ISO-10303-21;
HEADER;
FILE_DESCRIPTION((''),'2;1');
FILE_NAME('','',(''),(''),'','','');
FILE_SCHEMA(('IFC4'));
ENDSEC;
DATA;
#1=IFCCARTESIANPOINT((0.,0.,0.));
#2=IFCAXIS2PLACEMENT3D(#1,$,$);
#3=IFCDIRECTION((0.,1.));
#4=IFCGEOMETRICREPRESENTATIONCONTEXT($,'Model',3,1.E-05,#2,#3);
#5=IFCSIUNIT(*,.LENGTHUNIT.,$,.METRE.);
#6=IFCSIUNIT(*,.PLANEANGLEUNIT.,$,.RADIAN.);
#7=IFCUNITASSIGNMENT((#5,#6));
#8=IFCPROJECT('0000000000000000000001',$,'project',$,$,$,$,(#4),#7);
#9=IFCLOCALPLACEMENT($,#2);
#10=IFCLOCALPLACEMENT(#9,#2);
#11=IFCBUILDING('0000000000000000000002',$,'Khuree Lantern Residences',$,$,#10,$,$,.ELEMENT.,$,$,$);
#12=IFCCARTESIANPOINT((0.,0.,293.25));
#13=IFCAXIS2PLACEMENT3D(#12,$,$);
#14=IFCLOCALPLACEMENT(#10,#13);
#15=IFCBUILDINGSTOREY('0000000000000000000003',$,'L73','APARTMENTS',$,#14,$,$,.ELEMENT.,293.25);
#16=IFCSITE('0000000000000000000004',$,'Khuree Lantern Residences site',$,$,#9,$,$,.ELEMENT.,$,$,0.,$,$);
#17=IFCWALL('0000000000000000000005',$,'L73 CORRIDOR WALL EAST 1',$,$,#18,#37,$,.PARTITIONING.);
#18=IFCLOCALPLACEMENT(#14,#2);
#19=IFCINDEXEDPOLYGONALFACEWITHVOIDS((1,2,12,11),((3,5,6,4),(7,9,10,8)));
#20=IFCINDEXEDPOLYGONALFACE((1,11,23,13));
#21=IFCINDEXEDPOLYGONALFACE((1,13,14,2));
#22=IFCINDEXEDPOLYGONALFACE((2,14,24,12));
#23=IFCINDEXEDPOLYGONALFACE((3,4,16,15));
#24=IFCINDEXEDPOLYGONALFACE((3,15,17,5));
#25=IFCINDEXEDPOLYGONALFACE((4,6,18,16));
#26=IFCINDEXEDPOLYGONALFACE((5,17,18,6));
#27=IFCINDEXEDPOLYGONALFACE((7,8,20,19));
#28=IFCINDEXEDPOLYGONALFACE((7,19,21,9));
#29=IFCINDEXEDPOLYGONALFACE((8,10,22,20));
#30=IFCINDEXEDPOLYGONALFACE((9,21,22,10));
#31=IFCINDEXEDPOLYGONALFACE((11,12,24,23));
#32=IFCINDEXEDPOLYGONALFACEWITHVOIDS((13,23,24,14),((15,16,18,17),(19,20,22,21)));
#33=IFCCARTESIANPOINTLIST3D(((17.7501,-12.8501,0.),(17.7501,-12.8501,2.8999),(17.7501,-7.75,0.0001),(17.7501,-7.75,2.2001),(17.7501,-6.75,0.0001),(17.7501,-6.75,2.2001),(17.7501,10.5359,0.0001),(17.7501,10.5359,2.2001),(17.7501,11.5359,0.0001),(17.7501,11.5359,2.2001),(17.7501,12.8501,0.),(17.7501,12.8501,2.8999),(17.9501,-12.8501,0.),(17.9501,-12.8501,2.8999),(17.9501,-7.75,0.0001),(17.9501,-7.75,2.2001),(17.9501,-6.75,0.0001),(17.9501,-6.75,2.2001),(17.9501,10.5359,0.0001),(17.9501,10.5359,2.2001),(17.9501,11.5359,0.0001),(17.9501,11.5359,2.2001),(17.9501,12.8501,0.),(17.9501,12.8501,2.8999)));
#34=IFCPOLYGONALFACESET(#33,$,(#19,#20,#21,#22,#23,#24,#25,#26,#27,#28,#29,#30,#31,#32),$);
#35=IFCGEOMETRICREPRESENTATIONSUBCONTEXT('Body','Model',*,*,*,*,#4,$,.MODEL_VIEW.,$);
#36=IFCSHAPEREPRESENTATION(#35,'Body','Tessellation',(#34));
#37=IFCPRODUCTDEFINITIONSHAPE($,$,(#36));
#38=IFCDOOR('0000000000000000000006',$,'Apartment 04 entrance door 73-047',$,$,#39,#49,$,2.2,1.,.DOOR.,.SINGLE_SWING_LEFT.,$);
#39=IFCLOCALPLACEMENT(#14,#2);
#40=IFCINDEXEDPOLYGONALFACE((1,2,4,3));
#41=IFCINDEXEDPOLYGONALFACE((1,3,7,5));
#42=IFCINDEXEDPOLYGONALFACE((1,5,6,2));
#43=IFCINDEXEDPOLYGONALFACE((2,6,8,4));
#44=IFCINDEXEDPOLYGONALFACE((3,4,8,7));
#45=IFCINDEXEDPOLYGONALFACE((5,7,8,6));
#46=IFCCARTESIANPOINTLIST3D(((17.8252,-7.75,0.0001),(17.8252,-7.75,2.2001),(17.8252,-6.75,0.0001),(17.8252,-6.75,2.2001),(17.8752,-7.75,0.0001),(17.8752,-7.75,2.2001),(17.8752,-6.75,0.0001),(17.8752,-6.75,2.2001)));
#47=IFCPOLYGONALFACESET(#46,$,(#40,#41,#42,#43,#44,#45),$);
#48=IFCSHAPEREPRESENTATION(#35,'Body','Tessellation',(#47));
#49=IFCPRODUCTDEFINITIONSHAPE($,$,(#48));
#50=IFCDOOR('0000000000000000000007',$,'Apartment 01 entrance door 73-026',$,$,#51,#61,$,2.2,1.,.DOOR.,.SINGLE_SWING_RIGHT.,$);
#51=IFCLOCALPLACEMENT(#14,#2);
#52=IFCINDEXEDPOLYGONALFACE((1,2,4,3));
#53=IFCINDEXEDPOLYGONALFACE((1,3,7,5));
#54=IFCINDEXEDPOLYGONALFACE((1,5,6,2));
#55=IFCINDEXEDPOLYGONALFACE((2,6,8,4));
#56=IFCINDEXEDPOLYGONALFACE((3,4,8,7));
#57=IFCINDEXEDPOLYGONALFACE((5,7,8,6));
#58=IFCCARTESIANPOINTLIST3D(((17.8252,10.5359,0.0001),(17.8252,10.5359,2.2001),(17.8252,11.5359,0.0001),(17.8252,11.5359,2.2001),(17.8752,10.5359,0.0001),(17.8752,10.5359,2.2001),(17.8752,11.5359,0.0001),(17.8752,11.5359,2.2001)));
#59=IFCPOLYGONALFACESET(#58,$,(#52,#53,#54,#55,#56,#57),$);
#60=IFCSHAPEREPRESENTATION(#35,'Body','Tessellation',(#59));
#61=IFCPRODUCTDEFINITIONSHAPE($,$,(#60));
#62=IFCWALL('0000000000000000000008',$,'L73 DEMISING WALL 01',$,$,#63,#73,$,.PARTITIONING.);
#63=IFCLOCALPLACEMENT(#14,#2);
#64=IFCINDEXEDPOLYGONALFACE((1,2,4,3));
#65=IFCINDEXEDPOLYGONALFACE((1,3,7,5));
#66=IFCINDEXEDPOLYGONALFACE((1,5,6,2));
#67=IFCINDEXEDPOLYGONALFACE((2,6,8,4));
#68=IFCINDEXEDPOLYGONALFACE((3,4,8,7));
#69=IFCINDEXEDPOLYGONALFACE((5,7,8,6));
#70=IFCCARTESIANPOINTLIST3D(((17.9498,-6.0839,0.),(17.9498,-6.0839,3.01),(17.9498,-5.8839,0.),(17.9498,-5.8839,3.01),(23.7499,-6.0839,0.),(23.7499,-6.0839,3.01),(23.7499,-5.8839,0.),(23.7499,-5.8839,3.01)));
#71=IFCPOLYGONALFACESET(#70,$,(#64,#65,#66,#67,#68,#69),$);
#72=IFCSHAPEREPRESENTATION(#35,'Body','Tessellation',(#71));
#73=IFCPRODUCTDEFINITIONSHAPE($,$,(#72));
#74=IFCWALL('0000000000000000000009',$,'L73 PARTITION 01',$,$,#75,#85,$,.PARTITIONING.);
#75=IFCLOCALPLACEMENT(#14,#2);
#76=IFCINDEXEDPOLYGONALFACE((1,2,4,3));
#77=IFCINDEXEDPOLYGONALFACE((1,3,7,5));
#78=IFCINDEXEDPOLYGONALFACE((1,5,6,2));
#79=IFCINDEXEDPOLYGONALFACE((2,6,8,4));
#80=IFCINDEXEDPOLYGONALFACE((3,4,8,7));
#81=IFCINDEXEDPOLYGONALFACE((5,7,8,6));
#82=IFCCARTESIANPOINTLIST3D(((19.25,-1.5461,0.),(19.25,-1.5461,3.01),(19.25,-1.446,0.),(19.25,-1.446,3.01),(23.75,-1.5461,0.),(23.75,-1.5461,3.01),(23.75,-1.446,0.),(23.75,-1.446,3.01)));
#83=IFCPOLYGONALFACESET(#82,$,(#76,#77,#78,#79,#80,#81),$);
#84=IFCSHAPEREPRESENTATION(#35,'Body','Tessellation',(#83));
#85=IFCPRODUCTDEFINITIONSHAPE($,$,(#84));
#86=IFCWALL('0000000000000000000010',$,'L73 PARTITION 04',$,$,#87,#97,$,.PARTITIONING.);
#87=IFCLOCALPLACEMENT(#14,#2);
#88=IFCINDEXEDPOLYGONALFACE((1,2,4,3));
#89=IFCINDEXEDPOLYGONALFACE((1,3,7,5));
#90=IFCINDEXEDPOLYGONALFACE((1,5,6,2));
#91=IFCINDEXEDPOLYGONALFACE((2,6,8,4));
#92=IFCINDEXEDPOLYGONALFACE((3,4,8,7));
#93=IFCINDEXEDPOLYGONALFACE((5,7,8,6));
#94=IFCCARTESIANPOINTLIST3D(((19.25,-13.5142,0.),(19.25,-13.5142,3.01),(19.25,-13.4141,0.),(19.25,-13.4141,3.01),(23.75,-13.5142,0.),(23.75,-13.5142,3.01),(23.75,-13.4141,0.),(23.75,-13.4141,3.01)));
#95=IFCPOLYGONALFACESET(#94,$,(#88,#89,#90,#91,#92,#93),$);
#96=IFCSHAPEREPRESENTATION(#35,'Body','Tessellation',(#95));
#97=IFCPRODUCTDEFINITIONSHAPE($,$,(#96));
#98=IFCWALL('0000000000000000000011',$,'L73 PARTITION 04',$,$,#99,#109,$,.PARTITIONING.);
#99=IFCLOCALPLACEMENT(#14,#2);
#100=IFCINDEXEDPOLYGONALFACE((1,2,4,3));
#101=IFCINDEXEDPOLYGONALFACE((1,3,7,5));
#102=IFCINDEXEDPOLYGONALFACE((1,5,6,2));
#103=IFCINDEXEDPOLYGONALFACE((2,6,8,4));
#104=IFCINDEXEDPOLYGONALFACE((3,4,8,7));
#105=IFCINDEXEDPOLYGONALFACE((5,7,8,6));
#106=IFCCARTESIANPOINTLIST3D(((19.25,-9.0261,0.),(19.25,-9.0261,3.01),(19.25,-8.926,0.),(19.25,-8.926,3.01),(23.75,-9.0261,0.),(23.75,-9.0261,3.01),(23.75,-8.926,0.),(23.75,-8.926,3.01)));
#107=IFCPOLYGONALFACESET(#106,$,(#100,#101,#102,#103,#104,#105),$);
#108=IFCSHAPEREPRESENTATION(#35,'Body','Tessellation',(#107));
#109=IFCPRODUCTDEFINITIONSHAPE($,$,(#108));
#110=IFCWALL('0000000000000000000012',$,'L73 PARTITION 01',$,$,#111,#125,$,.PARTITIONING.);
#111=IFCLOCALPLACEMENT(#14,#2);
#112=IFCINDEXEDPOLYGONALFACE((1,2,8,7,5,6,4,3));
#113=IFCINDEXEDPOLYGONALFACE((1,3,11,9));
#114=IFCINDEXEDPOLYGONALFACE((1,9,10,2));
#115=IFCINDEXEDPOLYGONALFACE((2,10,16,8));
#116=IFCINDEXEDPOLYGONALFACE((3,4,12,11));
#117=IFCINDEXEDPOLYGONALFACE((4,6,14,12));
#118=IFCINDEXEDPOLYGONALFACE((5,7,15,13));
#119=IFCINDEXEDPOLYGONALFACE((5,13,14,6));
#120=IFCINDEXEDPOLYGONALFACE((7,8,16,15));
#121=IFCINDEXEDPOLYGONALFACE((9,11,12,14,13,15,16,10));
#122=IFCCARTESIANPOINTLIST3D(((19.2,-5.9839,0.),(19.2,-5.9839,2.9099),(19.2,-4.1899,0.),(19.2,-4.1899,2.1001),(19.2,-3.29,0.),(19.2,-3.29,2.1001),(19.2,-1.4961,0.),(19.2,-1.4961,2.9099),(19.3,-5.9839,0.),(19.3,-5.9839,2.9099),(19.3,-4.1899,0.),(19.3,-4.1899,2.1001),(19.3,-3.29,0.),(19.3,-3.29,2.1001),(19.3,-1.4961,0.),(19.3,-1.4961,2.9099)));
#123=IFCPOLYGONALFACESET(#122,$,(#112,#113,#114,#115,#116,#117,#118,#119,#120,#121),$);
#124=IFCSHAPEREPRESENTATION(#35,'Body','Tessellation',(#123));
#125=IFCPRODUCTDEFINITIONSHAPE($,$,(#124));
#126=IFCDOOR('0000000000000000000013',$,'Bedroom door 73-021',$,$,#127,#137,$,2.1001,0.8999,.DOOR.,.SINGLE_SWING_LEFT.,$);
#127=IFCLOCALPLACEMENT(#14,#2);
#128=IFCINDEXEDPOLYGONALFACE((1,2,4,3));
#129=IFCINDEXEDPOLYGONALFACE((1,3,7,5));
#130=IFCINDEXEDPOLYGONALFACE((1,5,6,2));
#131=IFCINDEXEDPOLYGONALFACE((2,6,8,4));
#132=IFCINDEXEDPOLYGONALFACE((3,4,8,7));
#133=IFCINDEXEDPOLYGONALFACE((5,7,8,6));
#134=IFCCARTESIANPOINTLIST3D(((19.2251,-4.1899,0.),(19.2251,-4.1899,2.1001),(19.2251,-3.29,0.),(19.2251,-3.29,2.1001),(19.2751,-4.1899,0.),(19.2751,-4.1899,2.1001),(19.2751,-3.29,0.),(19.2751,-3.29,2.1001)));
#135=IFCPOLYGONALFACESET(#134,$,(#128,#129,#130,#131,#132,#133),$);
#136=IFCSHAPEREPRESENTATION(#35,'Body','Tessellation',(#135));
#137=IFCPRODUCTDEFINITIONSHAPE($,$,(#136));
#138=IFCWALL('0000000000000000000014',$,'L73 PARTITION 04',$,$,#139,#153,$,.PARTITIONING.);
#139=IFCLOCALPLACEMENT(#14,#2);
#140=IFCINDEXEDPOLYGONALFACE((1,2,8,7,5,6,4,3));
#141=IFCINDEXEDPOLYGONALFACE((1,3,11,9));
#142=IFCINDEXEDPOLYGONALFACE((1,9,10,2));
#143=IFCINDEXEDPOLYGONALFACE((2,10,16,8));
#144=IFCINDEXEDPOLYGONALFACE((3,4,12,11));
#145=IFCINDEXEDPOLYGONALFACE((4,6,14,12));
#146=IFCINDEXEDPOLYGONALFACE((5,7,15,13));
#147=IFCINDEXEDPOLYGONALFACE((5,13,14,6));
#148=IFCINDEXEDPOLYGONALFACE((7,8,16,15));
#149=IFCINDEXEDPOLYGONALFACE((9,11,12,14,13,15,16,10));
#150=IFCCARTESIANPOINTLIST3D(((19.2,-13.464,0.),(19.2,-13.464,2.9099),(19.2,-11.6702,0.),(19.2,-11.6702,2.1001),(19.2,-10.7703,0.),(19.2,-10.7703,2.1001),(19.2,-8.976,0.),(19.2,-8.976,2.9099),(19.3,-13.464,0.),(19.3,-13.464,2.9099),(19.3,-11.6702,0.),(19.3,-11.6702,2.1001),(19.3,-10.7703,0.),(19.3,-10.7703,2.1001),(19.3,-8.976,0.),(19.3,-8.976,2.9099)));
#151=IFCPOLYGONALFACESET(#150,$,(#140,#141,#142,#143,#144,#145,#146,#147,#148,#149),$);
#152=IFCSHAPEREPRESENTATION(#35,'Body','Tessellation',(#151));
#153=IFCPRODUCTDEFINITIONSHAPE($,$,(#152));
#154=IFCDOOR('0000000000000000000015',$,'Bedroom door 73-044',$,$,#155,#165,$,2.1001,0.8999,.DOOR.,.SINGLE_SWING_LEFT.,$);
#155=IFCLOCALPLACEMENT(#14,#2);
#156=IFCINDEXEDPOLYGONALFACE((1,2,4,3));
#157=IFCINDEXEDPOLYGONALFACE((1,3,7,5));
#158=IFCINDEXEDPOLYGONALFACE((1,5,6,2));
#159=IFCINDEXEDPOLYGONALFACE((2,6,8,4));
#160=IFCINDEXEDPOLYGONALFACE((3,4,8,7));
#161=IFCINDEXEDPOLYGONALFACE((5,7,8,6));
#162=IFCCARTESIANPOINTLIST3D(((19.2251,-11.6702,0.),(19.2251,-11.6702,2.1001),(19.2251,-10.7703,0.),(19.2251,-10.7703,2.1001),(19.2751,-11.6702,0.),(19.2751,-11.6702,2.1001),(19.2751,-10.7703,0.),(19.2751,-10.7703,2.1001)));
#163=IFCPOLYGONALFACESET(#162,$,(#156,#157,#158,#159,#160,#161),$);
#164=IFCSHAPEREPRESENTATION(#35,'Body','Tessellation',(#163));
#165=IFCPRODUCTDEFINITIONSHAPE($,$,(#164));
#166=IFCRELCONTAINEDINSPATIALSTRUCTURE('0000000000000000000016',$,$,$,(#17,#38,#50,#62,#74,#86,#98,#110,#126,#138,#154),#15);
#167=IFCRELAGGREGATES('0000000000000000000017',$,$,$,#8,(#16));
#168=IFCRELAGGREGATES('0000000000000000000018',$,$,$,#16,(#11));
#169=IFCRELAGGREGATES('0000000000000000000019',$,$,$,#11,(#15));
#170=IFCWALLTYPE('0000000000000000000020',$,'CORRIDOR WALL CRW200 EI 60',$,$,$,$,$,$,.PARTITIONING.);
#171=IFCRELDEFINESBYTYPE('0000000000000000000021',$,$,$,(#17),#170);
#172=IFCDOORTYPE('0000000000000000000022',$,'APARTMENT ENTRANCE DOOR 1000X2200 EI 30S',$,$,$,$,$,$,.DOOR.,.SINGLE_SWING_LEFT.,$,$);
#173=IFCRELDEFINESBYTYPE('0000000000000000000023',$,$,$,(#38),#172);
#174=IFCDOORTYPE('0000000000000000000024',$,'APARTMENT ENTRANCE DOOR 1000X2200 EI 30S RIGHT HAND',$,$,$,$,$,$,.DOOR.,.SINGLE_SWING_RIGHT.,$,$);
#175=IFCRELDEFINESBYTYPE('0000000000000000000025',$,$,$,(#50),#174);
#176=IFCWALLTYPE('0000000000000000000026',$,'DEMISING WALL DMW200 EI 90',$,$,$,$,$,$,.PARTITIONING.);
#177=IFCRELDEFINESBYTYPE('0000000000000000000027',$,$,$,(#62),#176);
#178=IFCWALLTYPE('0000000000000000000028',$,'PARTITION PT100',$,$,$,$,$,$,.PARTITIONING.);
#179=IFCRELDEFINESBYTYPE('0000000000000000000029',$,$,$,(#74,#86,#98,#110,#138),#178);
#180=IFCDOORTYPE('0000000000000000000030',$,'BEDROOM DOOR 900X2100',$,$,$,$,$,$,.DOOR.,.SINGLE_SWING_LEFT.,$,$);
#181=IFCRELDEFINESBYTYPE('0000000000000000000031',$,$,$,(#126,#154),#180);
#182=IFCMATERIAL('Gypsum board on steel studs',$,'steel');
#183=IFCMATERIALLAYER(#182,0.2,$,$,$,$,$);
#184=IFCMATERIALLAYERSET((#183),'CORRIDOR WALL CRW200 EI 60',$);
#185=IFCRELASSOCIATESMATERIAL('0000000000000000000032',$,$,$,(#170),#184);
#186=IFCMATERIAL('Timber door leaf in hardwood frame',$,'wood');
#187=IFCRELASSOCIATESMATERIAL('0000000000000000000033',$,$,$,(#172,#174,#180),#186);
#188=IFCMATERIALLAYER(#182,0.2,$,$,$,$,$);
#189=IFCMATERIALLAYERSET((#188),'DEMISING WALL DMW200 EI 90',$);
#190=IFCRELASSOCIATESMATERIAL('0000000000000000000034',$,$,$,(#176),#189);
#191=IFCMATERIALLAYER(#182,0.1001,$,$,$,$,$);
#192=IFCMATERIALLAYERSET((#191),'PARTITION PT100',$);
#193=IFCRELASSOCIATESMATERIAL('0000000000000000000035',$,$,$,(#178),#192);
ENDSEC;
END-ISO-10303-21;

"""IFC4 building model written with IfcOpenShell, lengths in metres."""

from ifc_helpers import new_model, si_unit, direction, frame, frame_2d, origin, place, context, subcontext, project, spatial, rectangle, extrude, material, layer, layer_set, type_object, element, fill, save


model = new_model("IFC4")

# Units and contexts
model_context = context("Model", 3, precision=1e-05, world=origin(), true_north=direction((0.0, 1.0)))
body_context = subcontext(model_context, "Body", "Model", "MODEL_VIEW")
ifc_project = project(units=[si_unit("LENGTHUNIT", "METRE"), si_unit("PLANEANGLEUNIT", "RADIAN")], contexts=[model_context])

# Site, building, storey
site_placement = place(None, origin())
site = spatial("IfcSite", under=ifc_project, at=site_placement, Name="Khuree Lantern Residences site", CompositionType="ELEMENT", RefElevation=0.0)
building_placement = place(site_placement, origin())
building = spatial("IfcBuilding", under=site, at=building_placement, Name="Khuree Lantern Residences", CompositionType="ELEMENT")
storey_placement = place(building_placement, frame((0.0, 0.0, 293.25)))
storey = spatial("IfcBuildingStorey", under=building, at=storey_placement, Name="L73", Description="APARTMENTS", CompositionType="ELEMENT", Elevation=293.25)

# Shared definitions
ifc_material_1 = material(Name="Gypsum board on steel studs", Category="steel")
ifc_layer_1 = layer(ifc_material_1, 0.2)
ifc_layer_set_1 = layer_set([ifc_layer_1], Name="CORRIDOR WALL CRW200 EI 60")
wall_type_1 = type_object("IfcWallType", Name="CORRIDOR WALL CRW200 EI 60", PredefinedType="PARTITIONING", material=ifc_layer_set_1)

# Wall, openings, doors
wall_1_placement = place(storey_placement, frame((17.8501, -12.8501, 0.0), z_axis=(0.0, 0.0, 1.0), x_axis=(0.0, 1.0, 0.0)))
wall_1 = element("IfcWall", 1, at=wall_1_placement, inside=storey, type_object=wall_type_1, Name="L73 CORRIDOR WALL EAST 1", PredefinedType="PARTITIONING", context=body_context, shape_type="SweptSolid", body=[
    extrude(rectangle(XDim=25.7002, YDim=0.2, at=frame_2d((12.8501, 0.0))), origin(), (0.0, 0.0, 1.0), 2.8999),
])
opening_1_placement = place(wall_1_placement, frame((23.386, 0.0, 0.0)))
opening_1 = element("IfcOpeningElement", 2, at=opening_1_placement, cuts=wall_1, PredefinedType="OPENING", context=body_context, shape_type="SweptSolid", body=[
    extrude(rectangle(XDim=1.0, YDim=2.2, at=frame_2d((0.5, 1.1001))), frame((0.0, 0.1099, 0.0), z_axis=(0.0, -1.0, 0.0), x_axis=(1.0, 0.0, 0.0)), (0.0, 0.0, 1.0), 0.22),
])
opening_2_placement = place(wall_1_placement, frame((5.1001, 0.0, 0.0)))
opening_2 = element("IfcOpeningElement", 3, at=opening_2_placement, cuts=wall_1, PredefinedType="OPENING", context=body_context, shape_type="SweptSolid", body=[
    extrude(rectangle(XDim=1.0, YDim=2.2, at=frame_2d((0.5, 1.1001))), frame((0.0, 0.1099, 0.0), z_axis=(0.0, -1.0, 0.0), x_axis=(1.0, 0.0, 0.0)), (0.0, 0.0, 1.0), 0.22),
])
ifc_material_2 = material(Name="Timber door leaf in hardwood frame", Category="wood")
door_type_1 = type_object("IfcDoorType", Name="APARTMENT ENTRANCE DOOR 1000X2200 EI 30S", OperationType="SINGLE_SWING_LEFT", PredefinedType="DOOR", material=ifc_material_2)
door_1_placement = place(opening_2_placement, origin())
door_1 = element("IfcDoor", 4, at=door_1_placement, inside=storey, type_object=door_type_1, Name="Apartment 04 entrance door 73-047", OperationType="SINGLE_SWING_LEFT", OverallHeight=2.2, OverallWidth=1.0, PredefinedType="DOOR", context=body_context, shape_type="SweptSolid", body=[
    extrude(rectangle(XDim=1.0, YDim=2.2, at=frame_2d((0.5, 1.1001))), frame((0.0, 0.0249, 0.0), z_axis=(0.0, -1.0, 0.0), x_axis=(1.0, 0.0, 0.0)), (0.0, 0.0, 1.0), 0.05),
])
fill(opening_2, door_1)
door_type_2 = type_object("IfcDoorType", Name="APARTMENT ENTRANCE DOOR 1000X2200 EI 30S RIGHT HAND", OperationType="SINGLE_SWING_RIGHT", PredefinedType="DOOR", material=ifc_material_2)
door_2_placement = place(opening_1_placement, origin())
door_2 = element("IfcDoor", 5, at=door_2_placement, inside=storey, type_object=door_type_2, Name="Apartment 01 entrance door 73-026", OperationType="SINGLE_SWING_RIGHT", OverallHeight=2.2, OverallWidth=1.0, PredefinedType="DOOR", context=body_context, shape_type="SweptSolid", body=[
    extrude(rectangle(XDim=1.0, YDim=2.2, at=frame_2d((0.5, 1.1001))), frame((0.0, 0.0249, 0.0), z_axis=(0.0, -1.0, 0.0), x_axis=(1.0, 0.0, 0.0)), (0.0, 0.0, 1.0), 0.05),
])
fill(opening_1, door_2)

# Walls
ifc_layer_2 = layer(ifc_material_1, 0.2)
ifc_layer_set_2 = layer_set([ifc_layer_2], Name="DEMISING WALL DMW200 EI 90")
wall_type_2 = type_object("IfcWallType", Name="DEMISING WALL DMW200 EI 90", PredefinedType="PARTITIONING", material=ifc_layer_set_2)
wall_2_placement = place(storey_placement, frame((17.95, -5.9839, 0.0), z_axis=(0.0, 0.0, 1.0), x_axis=(1.0, 0.0, 0.0)))
element("IfcWall", 6, at=wall_2_placement, inside=storey, type_object=wall_type_2, Name="L73 DEMISING WALL 01", PredefinedType="PARTITIONING", context=body_context, shape_type="SweptSolid", body=[
    extrude(rectangle(XDim=5.8, YDim=0.2, at=frame_2d((2.8999, 0.0))), origin(), (0.0, 0.0, 1.0), 3.01),
])
ifc_layer_3 = layer(ifc_material_1, 0.1001)
ifc_layer_set_3 = layer_set([ifc_layer_3], Name="PARTITION PT100")
wall_type_3 = type_object("IfcWallType", Name="PARTITION PT100", PredefinedType="PARTITIONING", material=ifc_layer_set_3)
for number, where, z_axis, x_axis, name in (
    (7, (19.25, -1.4961, 0.0), (0.0, 0.0, 1.0), (1.0, 0.0, 0.0), "L73 PARTITION 01"),
    (8, (19.25, -13.4641, 0.0), (0.0, 0.0, 1.0), (1.0, 0.0, 0.0), "L73 PARTITION 04"),
    (9, (19.25, -8.9761, 0.0), (0.0, 0.0, 1.0), (1.0, 0.0, 0.0), "L73 PARTITION 04"),
):
    element("IfcWall", number, at=place(storey_placement, frame(where, z_axis=z_axis, x_axis=x_axis)), inside=storey, type_object=wall_type_3, Name=name, PredefinedType="PARTITIONING", context=body_context, shape_type="SweptSolid", body=[
        extrude(rectangle(XDim=4.5, YDim=0.1001, at=frame_2d((2.25, 0.0))), origin(), (0.0, 0.0, 1.0), 3.01),
    ])

# Walls, openings, doors
wall_3_placement = place(storey_placement, frame((19.25, -5.9839, 0.0), z_axis=(0.0, 0.0, 1.0), x_axis=(0.0, 1.0, 0.0)))
wall_3 = element("IfcWall", 10, at=wall_3_placement, inside=storey, type_object=wall_type_3, Name="L73 PARTITION 01", PredefinedType="PARTITIONING", context=body_context, shape_type="SweptSolid", body=[
    extrude(rectangle(XDim=4.4878, YDim=0.1001, at=frame_2d((2.2439, 0.0))), origin(), (0.0, 0.0, 1.0), 2.9099),
])
opening_3_placement = place(wall_3_placement, frame((1.7939, 0.0, 0.0)))
opening_3 = element("IfcOpeningElement", 11, at=opening_3_placement, cuts=wall_3, PredefinedType="OPENING", context=body_context, shape_type="SweptSolid", body=[
    extrude(rectangle(XDim=0.8999, YDim=2.1001, at=frame_2d((0.45, 1.05))), frame((0.0, 0.0601, 0.0), z_axis=(0.0, -1.0, 0.0), x_axis=(1.0, 0.0, 0.0)), (0.0, 0.0, 1.0), 0.1201),
])
door_type_3 = type_object("IfcDoorType", Name="BEDROOM DOOR 900X2100", OperationType="SINGLE_SWING_LEFT", PredefinedType="DOOR", material=ifc_material_2)
door_3_placement = place(opening_3_placement, origin())
door_3 = element("IfcDoor", 12, at=door_3_placement, inside=storey, type_object=door_type_3, Name="Bedroom door 73-021", OperationType="SINGLE_SWING_LEFT", OverallHeight=2.1001, OverallWidth=0.8999, PredefinedType="DOOR", context=body_context, shape_type="SweptSolid", body=[
    extrude(rectangle(XDim=0.8999, YDim=2.1001, at=frame_2d((0.45, 1.05))), frame((0.0, 0.0249, 0.0), z_axis=(0.0, -1.0, 0.0), x_axis=(1.0, 0.0, 0.0)), (0.0, 0.0, 1.0), 0.05),
])
fill(opening_3, door_3)
wall_4_placement = place(storey_placement, frame((19.25, -13.4641, 0.0), z_axis=(0.0, 0.0, 1.0), x_axis=(0.0, 1.0, 0.0)))
wall_4 = element("IfcWall", 13, at=wall_4_placement, inside=storey, type_object=wall_type_3, Name="L73 PARTITION 04", PredefinedType="PARTITIONING", context=body_context, shape_type="SweptSolid", body=[
    extrude(rectangle(XDim=4.488, YDim=0.1001, at=frame_2d((2.2441, 0.0))), origin(), (0.0, 0.0, 1.0), 2.9099),
])
opening_4_placement = place(wall_4_placement, frame((1.7939, 0.0, 0.0)))
opening_4 = element("IfcOpeningElement", 14, at=opening_4_placement, cuts=wall_4, PredefinedType="OPENING", context=body_context, shape_type="SweptSolid", body=[
    extrude(rectangle(XDim=0.8999, YDim=2.1001, at=frame_2d((0.45, 1.05))), frame((0.0, 0.0601, 0.0), z_axis=(0.0, -1.0, 0.0), x_axis=(1.0, 0.0, 0.0)), (0.0, 0.0, 1.0), 0.1201),
])
door_4_placement = place(opening_4_placement, origin())
door_4 = element("IfcDoor", 15, at=door_4_placement, inside=storey, type_object=door_type_3, Name="Bedroom door 73-044", OperationType="SINGLE_SWING_LEFT", OverallHeight=2.1001, OverallWidth=0.8999, PredefinedType="DOOR", context=body_context, shape_type="SweptSolid", body=[
    extrude(rectangle(XDim=0.8999, YDim=2.1001, at=frame_2d((0.45, 1.05))), frame((0.0, 0.0249, 0.0), z_axis=(0.0, -1.0, 0.0), x_axis=(1.0, 0.0, 0.0)), (0.0, 0.0, 1.0), 0.05),
])
fill(opening_4, door_4)

save(model, "model.ifc")
